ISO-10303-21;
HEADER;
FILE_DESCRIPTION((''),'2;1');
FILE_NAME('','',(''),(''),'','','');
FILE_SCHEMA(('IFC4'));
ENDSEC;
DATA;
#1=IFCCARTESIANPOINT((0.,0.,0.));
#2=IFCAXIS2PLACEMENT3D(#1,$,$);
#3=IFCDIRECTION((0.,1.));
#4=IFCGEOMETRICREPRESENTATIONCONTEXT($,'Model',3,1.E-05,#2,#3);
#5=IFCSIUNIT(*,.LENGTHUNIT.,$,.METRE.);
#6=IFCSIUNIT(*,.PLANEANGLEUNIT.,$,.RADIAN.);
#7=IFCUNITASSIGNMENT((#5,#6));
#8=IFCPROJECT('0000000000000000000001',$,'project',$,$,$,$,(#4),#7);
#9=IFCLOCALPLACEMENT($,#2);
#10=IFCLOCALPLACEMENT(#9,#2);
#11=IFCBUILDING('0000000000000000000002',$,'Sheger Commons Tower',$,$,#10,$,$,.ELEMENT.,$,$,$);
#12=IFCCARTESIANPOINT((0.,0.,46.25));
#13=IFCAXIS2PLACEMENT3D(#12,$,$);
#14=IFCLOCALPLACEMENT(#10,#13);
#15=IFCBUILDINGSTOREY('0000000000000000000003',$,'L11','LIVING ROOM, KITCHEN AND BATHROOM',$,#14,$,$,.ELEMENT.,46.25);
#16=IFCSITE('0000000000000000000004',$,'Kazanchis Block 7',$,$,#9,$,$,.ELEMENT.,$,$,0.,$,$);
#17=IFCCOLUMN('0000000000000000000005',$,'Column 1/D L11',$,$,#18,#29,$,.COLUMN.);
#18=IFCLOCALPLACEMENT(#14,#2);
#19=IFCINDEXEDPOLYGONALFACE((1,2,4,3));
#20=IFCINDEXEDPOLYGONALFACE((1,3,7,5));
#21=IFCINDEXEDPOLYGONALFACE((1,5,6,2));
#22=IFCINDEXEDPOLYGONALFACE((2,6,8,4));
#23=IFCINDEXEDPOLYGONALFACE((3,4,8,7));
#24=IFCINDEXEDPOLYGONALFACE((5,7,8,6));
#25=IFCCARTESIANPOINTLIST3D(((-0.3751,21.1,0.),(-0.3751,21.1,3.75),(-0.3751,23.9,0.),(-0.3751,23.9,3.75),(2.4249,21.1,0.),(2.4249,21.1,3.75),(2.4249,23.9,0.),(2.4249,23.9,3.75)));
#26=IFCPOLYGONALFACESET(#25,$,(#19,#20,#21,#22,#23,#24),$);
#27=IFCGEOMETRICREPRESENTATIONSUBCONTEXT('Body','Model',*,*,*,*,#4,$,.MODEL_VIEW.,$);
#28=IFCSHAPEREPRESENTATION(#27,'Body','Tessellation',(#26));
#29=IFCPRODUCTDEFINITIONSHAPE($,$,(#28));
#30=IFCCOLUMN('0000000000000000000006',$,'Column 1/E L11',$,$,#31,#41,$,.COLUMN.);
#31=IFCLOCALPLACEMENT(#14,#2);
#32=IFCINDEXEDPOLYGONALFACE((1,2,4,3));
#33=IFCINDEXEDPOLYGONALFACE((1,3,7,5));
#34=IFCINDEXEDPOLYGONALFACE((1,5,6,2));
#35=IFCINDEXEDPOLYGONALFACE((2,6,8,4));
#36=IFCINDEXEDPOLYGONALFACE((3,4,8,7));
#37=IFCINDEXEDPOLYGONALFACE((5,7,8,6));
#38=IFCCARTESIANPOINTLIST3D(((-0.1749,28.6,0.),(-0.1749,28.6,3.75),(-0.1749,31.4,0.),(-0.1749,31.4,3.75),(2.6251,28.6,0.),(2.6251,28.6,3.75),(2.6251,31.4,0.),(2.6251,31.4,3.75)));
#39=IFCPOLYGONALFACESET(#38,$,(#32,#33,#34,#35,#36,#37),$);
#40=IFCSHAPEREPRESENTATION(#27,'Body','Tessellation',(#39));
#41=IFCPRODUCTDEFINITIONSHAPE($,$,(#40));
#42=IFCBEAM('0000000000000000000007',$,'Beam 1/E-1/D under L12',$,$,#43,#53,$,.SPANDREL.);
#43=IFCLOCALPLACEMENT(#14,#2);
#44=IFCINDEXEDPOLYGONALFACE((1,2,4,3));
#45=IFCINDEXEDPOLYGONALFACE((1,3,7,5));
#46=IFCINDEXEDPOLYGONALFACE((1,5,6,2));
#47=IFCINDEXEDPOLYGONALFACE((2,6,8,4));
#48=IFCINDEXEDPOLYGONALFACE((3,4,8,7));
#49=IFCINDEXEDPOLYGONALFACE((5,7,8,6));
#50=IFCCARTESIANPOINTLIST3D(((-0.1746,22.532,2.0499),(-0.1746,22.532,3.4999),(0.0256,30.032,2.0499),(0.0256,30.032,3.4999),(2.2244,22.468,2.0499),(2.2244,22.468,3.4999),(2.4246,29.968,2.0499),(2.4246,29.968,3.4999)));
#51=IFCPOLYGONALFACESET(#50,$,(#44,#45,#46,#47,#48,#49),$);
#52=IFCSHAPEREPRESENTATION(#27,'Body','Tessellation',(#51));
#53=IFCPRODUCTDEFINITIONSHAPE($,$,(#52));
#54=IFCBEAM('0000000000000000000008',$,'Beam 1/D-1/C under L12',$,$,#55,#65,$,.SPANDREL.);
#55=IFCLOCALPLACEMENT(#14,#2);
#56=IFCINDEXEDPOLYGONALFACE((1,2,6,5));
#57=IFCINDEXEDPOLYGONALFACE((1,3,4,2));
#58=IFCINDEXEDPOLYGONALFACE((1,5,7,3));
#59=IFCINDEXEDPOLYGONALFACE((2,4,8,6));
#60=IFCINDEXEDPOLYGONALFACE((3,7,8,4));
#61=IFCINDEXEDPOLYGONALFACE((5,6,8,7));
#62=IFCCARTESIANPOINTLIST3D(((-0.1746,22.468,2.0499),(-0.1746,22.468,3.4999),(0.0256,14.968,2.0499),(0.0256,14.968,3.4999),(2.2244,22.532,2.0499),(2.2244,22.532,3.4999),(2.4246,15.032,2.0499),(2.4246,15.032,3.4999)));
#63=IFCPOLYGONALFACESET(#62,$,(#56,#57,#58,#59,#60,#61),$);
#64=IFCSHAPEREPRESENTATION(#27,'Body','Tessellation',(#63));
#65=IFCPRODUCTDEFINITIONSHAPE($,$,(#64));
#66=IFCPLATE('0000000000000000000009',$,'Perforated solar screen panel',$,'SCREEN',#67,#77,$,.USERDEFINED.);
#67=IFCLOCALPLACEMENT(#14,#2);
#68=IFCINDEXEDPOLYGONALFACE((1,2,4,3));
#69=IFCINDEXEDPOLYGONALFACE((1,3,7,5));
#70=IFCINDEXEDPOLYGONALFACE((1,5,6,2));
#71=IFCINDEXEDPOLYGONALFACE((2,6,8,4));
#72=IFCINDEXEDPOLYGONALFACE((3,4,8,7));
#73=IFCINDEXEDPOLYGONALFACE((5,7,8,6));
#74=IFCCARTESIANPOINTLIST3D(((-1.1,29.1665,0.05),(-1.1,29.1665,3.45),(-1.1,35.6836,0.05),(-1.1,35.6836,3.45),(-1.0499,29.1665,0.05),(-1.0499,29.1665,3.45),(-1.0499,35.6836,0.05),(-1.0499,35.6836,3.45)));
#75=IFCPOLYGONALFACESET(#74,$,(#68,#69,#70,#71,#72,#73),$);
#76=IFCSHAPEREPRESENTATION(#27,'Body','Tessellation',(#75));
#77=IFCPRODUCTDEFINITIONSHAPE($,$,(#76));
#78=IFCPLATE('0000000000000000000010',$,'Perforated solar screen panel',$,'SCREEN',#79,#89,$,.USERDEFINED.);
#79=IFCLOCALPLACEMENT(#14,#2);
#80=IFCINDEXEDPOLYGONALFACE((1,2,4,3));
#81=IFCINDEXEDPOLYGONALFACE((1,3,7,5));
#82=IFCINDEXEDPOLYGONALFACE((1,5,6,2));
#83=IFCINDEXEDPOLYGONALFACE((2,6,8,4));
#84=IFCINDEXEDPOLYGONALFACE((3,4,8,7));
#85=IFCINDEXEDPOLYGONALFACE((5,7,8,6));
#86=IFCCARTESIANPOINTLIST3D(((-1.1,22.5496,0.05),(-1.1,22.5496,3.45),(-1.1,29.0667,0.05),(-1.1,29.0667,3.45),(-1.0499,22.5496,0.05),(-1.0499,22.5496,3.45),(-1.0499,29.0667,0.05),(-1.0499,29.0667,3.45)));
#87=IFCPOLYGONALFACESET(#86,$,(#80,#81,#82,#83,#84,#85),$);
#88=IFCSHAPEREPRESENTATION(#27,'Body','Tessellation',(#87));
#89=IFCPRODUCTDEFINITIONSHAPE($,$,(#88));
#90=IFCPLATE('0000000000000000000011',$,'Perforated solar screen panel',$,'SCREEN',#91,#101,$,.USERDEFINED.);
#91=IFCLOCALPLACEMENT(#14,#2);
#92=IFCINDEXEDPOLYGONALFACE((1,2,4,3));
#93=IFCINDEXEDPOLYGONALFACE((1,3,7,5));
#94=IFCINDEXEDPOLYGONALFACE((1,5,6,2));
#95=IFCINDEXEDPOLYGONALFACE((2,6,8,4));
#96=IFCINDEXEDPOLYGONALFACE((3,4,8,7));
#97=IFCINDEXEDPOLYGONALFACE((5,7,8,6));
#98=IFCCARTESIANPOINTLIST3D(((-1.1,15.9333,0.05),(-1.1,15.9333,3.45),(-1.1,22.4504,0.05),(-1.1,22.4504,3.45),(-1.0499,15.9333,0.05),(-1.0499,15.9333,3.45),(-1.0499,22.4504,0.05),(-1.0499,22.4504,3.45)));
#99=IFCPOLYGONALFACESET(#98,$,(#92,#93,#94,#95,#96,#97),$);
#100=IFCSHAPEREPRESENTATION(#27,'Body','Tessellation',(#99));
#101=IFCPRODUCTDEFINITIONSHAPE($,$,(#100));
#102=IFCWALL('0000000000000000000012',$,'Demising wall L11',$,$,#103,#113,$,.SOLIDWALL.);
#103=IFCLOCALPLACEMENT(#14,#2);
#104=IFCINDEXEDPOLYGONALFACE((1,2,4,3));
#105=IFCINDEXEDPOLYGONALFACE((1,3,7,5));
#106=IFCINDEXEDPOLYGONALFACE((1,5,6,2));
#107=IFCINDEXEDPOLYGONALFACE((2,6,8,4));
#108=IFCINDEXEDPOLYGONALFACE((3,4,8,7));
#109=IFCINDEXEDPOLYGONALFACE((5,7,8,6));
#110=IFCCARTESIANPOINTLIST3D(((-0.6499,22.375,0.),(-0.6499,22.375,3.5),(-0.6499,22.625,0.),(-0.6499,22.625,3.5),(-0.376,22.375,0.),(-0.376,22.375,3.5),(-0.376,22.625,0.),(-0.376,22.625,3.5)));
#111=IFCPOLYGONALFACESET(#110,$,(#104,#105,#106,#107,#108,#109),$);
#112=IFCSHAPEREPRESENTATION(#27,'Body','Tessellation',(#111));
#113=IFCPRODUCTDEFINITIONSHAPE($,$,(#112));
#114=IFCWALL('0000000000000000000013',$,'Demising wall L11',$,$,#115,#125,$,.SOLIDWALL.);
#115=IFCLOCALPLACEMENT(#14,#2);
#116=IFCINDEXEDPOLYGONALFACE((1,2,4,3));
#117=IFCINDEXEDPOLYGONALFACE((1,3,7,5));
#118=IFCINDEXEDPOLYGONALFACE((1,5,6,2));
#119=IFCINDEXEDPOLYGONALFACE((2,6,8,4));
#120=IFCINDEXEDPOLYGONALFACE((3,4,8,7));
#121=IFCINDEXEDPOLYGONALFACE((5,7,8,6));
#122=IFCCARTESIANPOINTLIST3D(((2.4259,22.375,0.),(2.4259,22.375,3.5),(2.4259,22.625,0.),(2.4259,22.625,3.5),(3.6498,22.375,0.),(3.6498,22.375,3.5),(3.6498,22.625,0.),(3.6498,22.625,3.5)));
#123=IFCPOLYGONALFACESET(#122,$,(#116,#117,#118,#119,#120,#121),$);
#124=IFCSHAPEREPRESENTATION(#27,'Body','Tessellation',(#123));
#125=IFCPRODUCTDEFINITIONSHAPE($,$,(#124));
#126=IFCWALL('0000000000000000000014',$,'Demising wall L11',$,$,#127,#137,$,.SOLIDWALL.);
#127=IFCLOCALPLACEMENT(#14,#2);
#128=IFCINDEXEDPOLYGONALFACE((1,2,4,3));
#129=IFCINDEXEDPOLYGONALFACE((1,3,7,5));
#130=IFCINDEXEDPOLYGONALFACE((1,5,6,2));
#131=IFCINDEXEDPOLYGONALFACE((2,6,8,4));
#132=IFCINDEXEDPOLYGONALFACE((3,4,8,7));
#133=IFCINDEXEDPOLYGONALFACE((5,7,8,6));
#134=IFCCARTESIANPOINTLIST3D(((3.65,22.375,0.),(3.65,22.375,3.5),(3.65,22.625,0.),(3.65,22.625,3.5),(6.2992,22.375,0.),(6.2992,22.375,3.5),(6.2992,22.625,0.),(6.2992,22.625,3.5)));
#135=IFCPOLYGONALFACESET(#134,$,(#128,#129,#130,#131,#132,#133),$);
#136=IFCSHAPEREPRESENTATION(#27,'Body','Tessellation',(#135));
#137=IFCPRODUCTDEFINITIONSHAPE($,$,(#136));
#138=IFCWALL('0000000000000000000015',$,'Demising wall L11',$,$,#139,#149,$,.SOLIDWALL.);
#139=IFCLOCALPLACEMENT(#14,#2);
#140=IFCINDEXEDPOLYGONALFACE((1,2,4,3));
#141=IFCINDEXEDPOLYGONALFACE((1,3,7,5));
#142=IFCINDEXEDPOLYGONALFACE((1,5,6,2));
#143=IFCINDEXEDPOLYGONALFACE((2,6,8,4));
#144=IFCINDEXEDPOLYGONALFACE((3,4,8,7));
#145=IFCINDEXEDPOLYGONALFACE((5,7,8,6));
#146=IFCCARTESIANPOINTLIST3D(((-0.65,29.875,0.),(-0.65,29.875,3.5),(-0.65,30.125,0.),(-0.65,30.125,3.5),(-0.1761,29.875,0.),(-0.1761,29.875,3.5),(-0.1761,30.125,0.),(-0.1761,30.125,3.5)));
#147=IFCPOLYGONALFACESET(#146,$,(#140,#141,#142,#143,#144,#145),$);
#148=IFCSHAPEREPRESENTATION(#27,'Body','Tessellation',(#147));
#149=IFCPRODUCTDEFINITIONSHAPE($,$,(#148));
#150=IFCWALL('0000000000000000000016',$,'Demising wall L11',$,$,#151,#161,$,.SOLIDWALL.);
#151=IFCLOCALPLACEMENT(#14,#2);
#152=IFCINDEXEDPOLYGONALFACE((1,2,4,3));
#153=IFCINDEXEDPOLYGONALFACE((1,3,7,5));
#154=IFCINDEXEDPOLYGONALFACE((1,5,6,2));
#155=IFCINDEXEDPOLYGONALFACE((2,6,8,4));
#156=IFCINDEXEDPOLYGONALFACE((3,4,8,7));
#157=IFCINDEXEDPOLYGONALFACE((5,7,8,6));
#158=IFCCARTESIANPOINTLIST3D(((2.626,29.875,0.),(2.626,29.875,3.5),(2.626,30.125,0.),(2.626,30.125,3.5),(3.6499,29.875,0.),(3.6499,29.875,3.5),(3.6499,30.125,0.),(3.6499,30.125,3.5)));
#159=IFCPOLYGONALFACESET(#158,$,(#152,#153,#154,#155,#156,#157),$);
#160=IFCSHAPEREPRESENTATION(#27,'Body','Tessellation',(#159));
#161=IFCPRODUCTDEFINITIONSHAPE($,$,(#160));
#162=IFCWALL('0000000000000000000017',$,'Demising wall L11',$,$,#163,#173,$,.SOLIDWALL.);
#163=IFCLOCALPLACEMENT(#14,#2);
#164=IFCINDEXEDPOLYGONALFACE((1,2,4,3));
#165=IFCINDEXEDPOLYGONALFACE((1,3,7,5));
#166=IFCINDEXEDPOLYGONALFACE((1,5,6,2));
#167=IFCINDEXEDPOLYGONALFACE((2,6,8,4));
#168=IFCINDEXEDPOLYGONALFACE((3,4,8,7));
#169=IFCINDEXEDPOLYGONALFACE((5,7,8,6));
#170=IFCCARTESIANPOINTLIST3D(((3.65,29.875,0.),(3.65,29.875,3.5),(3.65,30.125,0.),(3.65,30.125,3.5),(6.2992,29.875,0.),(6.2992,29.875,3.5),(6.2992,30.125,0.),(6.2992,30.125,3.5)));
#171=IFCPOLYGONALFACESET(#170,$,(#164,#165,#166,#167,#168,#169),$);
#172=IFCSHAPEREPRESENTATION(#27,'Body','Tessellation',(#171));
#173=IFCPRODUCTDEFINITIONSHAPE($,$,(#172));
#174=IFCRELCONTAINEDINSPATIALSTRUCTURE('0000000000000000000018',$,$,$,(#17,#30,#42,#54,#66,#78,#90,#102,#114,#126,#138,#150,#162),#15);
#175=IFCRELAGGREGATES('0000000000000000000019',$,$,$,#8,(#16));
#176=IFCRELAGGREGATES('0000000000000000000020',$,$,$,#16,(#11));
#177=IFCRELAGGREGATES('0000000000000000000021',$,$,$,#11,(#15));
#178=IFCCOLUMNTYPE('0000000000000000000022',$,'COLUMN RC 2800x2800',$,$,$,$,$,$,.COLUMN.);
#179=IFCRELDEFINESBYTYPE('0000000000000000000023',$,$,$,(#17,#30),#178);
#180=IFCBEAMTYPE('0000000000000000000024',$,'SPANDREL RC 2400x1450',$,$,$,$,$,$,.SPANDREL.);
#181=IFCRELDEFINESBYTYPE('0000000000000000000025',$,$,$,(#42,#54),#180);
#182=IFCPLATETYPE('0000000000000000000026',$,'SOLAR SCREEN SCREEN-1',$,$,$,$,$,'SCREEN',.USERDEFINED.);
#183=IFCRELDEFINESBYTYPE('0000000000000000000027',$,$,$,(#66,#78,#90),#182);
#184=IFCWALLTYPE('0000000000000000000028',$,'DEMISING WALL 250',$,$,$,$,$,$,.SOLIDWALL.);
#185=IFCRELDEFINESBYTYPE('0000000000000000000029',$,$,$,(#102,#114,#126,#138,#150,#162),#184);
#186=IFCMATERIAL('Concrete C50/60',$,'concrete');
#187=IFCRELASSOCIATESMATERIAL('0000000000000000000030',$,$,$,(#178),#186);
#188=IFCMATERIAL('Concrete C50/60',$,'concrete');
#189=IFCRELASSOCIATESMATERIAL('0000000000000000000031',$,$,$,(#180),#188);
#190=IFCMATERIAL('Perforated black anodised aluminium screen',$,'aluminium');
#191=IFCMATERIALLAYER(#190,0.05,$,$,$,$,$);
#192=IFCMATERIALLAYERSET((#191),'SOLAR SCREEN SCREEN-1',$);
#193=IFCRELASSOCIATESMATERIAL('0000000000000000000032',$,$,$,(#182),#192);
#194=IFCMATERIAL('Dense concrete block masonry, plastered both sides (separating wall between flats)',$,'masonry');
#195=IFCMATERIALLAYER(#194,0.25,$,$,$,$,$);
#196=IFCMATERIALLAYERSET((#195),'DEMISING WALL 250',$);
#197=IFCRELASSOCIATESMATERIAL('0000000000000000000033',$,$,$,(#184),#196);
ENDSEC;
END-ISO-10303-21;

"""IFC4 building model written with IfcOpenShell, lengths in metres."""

from ifc_helpers import new_model, si_unit, direction, frame, frame_2d, origin, origin_2d, place, context, subcontext, project, spatial, rectangle, extrude, material, layer, layer_set, material_profile, profile_set, type_object, element, save


model = new_model("IFC4")

# Units and contexts
model_context = context("Model", 3, precision=1e-05, world=origin(), true_north=direction((0.0, 1.0)))
body_context = subcontext(model_context, "Body", "Model", "MODEL_VIEW")
ifc_project = project(units=[si_unit("LENGTHUNIT", "METRE"), si_unit("PLANEANGLEUNIT", "RADIAN")], contexts=[model_context])

# Site, building, storey
site_placement = place(None, origin())
site = spatial("IfcSite", under=ifc_project, at=site_placement, Name="Kazanchis Block 7", CompositionType="ELEMENT", RefElevation=0.0)
building_placement = place(site_placement, origin())
building = spatial("IfcBuilding", under=site, at=building_placement, Name="Sheger Commons Tower", CompositionType="ELEMENT")
storey_placement = place(building_placement, frame((0.0, 0.0, 46.25)))
storey = spatial("IfcBuildingStorey", under=building, at=storey_placement, Name="L11", Description="LIVING ROOM, KITCHEN AND BATHROOM", CompositionType="ELEMENT", Elevation=46.25)

# Columns
ifc_material_1 = material(Name="Concrete C50/60", Category="concrete")
ifc_material_profile_1 = material_profile(ifc_material_1, rectangle(XDim=2.8, YDim=2.8, at=origin_2d()), Name="RC 2800x2800")
ifc_profile_set_1 = profile_set([ifc_material_profile_1], Name="Concrete C50/60")
column_type = type_object("IfcColumnType", Name="COLUMN RC 2800x2800", PredefinedType="COLUMN", material=ifc_profile_set_1)
for number, where, z_axis, x_axis, name in (
    (1, (1.0249, 22.5, 0.0), (0.0, 0.0, 1.0), (1.0, 0.0, 0.0), "Column 1/D L11"),
    (2, (1.2251, 30.0, 0.0), (0.0, 0.0, 1.0), (1.0, 0.0, 0.0), "Column 1/E L11"),
):
    element("IfcColumn", number, at=place(storey_placement, frame(where, z_axis=z_axis, x_axis=x_axis)), inside=storey, type_object=column_type, Name=name, PredefinedType="COLUMN", context=body_context, shape_type="SweptSolid", body=[
        extrude(rectangle(XDim=2.8, YDim=2.8, at=origin_2d()), origin(), (0.0, 0.0, 1.0), 3.75),
    ])

# Beams
ifc_material_2 = material(Name="Concrete C50/60", Category="concrete")
ifc_material_profile_2 = material_profile(ifc_material_2, rectangle(XDim=2.3999, YDim=1.45, at=origin_2d()), Name="RC 2400x1450")
ifc_profile_set_2 = profile_set([ifc_material_profile_2], Name="Concrete C50/60")
beam_type = type_object("IfcBeamType", Name="SPANDREL RC 2400x1450", PredefinedType="SPANDREL", material=ifc_profile_set_2)
for number, where, z_axis, x_axis, name in (
    (3, (1.2251, 30.0, 2.7749), (-0.026683, -0.999644, 0.0), (0.999644, -0.026683, 0.0), "Beam 1/E-1/D under L12"),
    (4, (1.0249, 22.5, 2.7749), (0.026683, -0.999644, 0.0), (0.999644, 0.026683, 0.0), "Beam 1/D-1/C under L12"),
):
    element("IfcBeam", number, at=place(storey_placement, frame(where, z_axis=z_axis, x_axis=x_axis)), inside=storey, type_object=beam_type, Name=name, PredefinedType="SPANDREL", context=body_context, shape_type="SweptSolid", body=[
        extrude(rectangle(XDim=2.3999, YDim=1.45, at=origin_2d()), origin(), (0.0, 0.0, 1.0), 7.5027),
    ])

# Plates
ifc_material_3 = material(Name="Perforated black anodised aluminium screen", Category="aluminium")
ifc_layer_1 = layer(ifc_material_3, 0.05)
ifc_layer_set_1 = layer_set([ifc_layer_1], Name="SOLAR SCREEN SCREEN-1")
plate_type = type_object("IfcPlateType", Name="SOLAR SCREEN SCREEN-1", ElementType="SCREEN", PredefinedType="USERDEFINED", material=ifc_layer_set_1)
for number, where, z_axis, x_axis, name in (
    (5, (-1.075, 32.425, 0.05), (0.0, 0.0, 1.0), (0.0, -1.0, 0.0), "Perforated solar screen panel"),
    (6, (-1.075, 25.8081, 0.05), (0.0, 0.0, 1.0), (0.0, -1.0, 0.0), "Perforated solar screen panel"),
    (7, (-1.075, 19.1919, 0.05), (0.0, 0.0, 1.0), (0.0, -1.0, 0.0), "Perforated solar screen panel"),
):
    element("IfcPlate", number, at=place(storey_placement, frame(where, z_axis=z_axis, x_axis=x_axis)), inside=storey, type_object=plate_type, Name=name, ObjectType="SCREEN", PredefinedType="USERDEFINED", context=body_context, shape_type="SweptSolid", body=[
        extrude(rectangle(XDim=6.5171, YDim=0.05, at=origin_2d()), origin(), (0.0, 0.0, 1.0), 3.3999),
    ])

# Walls
ifc_material_4 = material(Name="Dense concrete block masonry, plastered both sides (separating wall between flats)", Category="masonry")
ifc_layer_2 = layer(ifc_material_4, 0.25)
ifc_layer_set_2 = layer_set([ifc_layer_2], Name="DEMISING WALL 250")
wall_type_1 = type_object("IfcWallType", Name="DEMISING WALL 250", PredefinedType="SOLIDWALL", material=ifc_layer_set_2)
wall_1_placement = place(storey_placement, frame((-0.6499, 22.5, 0.0), z_axis=(0.0, 0.0, 1.0), x_axis=(1.0, 0.0, 0.0)))
element("IfcWall", 8, at=wall_1_placement, inside=storey, type_object=wall_type_1, Name="Demising wall L11", PredefinedType="SOLIDWALL", context=body_context, shape_type="SweptSolid", body=[
    extrude(rectangle(XDim=0.2739, YDim=0.25, at=frame_2d((0.137, 0.0))), origin(), (0.0, 0.0, 1.0), 3.5),
])
wall_2_placement = place(storey_placement, frame((2.426, 22.5, 0.0), z_axis=(0.0, 0.0, 1.0), x_axis=(1.0, 0.0, 0.0)))
element("IfcWall", 9, at=wall_2_placement, inside=storey, type_object=wall_type_1, Name="Demising wall L11", PredefinedType="SOLIDWALL", context=body_context, shape_type="SweptSolid", body=[
    extrude(rectangle(XDim=1.2239, YDim=0.25, at=frame_2d((0.6118, 0.0))), origin(), (0.0, 0.0, 1.0), 3.5),
])
wall_3_placement = place(storey_placement, frame((3.6499, 22.5, 0.0), z_axis=(0.0, 0.0, 1.0), x_axis=(1.0, 0.0, 0.0)))
element("IfcWall", 10, at=wall_3_placement, inside=storey, type_object=wall_type_1, Name="Demising wall L11", PredefinedType="SOLIDWALL", context=body_context, shape_type="SweptSolid", body=[
    extrude(rectangle(XDim=2.6492, YDim=0.25, at=frame_2d((1.3247, 0.0))), origin(), (0.0, 0.0, 1.0), 3.5),
])
wall_4_placement = place(storey_placement, frame((-0.6499, 30.0, 0.0), z_axis=(0.0, 0.0, 1.0), x_axis=(1.0, 0.0, 0.0)))
element("IfcWall", 11, at=wall_4_placement, inside=storey, type_object=wall_type_1, Name="Demising wall L11", PredefinedType="SOLIDWALL", context=body_context, shape_type="SweptSolid", body=[
    extrude(rectangle(XDim=0.4739, YDim=0.25, at=frame_2d((0.2368, 0.0))), origin(), (0.0, 0.0, 1.0), 3.5),
])
wall_5_placement = place(storey_placement, frame((2.626, 30.0, 0.0), z_axis=(0.0, 0.0, 1.0), x_axis=(1.0, 0.0, 0.0)))
element("IfcWall", 12, at=wall_5_placement, inside=storey, type_object=wall_type_1, Name="Demising wall L11", PredefinedType="SOLIDWALL", context=body_context, shape_type="SweptSolid", body=[
    extrude(rectangle(XDim=1.0239, YDim=0.25, at=frame_2d((0.512, 0.0))), origin(), (0.0, 0.0, 1.0), 3.5),
])
wall_6_placement = place(storey_placement, frame((3.6499, 30.0, 0.0), z_axis=(0.0, 0.0, 1.0), x_axis=(1.0, 0.0, 0.0)))
element("IfcWall", 13, at=wall_6_placement, inside=storey, type_object=wall_type_1, Name="Demising wall L11", PredefinedType="SOLIDWALL", context=body_context, shape_type="SweptSolid", body=[
    extrude(rectangle(XDim=2.6492, YDim=0.25, at=frame_2d((1.3247, 0.0))), origin(), (0.0, 0.0, 1.0), 3.5),
])

save(model, "model.ifc")
